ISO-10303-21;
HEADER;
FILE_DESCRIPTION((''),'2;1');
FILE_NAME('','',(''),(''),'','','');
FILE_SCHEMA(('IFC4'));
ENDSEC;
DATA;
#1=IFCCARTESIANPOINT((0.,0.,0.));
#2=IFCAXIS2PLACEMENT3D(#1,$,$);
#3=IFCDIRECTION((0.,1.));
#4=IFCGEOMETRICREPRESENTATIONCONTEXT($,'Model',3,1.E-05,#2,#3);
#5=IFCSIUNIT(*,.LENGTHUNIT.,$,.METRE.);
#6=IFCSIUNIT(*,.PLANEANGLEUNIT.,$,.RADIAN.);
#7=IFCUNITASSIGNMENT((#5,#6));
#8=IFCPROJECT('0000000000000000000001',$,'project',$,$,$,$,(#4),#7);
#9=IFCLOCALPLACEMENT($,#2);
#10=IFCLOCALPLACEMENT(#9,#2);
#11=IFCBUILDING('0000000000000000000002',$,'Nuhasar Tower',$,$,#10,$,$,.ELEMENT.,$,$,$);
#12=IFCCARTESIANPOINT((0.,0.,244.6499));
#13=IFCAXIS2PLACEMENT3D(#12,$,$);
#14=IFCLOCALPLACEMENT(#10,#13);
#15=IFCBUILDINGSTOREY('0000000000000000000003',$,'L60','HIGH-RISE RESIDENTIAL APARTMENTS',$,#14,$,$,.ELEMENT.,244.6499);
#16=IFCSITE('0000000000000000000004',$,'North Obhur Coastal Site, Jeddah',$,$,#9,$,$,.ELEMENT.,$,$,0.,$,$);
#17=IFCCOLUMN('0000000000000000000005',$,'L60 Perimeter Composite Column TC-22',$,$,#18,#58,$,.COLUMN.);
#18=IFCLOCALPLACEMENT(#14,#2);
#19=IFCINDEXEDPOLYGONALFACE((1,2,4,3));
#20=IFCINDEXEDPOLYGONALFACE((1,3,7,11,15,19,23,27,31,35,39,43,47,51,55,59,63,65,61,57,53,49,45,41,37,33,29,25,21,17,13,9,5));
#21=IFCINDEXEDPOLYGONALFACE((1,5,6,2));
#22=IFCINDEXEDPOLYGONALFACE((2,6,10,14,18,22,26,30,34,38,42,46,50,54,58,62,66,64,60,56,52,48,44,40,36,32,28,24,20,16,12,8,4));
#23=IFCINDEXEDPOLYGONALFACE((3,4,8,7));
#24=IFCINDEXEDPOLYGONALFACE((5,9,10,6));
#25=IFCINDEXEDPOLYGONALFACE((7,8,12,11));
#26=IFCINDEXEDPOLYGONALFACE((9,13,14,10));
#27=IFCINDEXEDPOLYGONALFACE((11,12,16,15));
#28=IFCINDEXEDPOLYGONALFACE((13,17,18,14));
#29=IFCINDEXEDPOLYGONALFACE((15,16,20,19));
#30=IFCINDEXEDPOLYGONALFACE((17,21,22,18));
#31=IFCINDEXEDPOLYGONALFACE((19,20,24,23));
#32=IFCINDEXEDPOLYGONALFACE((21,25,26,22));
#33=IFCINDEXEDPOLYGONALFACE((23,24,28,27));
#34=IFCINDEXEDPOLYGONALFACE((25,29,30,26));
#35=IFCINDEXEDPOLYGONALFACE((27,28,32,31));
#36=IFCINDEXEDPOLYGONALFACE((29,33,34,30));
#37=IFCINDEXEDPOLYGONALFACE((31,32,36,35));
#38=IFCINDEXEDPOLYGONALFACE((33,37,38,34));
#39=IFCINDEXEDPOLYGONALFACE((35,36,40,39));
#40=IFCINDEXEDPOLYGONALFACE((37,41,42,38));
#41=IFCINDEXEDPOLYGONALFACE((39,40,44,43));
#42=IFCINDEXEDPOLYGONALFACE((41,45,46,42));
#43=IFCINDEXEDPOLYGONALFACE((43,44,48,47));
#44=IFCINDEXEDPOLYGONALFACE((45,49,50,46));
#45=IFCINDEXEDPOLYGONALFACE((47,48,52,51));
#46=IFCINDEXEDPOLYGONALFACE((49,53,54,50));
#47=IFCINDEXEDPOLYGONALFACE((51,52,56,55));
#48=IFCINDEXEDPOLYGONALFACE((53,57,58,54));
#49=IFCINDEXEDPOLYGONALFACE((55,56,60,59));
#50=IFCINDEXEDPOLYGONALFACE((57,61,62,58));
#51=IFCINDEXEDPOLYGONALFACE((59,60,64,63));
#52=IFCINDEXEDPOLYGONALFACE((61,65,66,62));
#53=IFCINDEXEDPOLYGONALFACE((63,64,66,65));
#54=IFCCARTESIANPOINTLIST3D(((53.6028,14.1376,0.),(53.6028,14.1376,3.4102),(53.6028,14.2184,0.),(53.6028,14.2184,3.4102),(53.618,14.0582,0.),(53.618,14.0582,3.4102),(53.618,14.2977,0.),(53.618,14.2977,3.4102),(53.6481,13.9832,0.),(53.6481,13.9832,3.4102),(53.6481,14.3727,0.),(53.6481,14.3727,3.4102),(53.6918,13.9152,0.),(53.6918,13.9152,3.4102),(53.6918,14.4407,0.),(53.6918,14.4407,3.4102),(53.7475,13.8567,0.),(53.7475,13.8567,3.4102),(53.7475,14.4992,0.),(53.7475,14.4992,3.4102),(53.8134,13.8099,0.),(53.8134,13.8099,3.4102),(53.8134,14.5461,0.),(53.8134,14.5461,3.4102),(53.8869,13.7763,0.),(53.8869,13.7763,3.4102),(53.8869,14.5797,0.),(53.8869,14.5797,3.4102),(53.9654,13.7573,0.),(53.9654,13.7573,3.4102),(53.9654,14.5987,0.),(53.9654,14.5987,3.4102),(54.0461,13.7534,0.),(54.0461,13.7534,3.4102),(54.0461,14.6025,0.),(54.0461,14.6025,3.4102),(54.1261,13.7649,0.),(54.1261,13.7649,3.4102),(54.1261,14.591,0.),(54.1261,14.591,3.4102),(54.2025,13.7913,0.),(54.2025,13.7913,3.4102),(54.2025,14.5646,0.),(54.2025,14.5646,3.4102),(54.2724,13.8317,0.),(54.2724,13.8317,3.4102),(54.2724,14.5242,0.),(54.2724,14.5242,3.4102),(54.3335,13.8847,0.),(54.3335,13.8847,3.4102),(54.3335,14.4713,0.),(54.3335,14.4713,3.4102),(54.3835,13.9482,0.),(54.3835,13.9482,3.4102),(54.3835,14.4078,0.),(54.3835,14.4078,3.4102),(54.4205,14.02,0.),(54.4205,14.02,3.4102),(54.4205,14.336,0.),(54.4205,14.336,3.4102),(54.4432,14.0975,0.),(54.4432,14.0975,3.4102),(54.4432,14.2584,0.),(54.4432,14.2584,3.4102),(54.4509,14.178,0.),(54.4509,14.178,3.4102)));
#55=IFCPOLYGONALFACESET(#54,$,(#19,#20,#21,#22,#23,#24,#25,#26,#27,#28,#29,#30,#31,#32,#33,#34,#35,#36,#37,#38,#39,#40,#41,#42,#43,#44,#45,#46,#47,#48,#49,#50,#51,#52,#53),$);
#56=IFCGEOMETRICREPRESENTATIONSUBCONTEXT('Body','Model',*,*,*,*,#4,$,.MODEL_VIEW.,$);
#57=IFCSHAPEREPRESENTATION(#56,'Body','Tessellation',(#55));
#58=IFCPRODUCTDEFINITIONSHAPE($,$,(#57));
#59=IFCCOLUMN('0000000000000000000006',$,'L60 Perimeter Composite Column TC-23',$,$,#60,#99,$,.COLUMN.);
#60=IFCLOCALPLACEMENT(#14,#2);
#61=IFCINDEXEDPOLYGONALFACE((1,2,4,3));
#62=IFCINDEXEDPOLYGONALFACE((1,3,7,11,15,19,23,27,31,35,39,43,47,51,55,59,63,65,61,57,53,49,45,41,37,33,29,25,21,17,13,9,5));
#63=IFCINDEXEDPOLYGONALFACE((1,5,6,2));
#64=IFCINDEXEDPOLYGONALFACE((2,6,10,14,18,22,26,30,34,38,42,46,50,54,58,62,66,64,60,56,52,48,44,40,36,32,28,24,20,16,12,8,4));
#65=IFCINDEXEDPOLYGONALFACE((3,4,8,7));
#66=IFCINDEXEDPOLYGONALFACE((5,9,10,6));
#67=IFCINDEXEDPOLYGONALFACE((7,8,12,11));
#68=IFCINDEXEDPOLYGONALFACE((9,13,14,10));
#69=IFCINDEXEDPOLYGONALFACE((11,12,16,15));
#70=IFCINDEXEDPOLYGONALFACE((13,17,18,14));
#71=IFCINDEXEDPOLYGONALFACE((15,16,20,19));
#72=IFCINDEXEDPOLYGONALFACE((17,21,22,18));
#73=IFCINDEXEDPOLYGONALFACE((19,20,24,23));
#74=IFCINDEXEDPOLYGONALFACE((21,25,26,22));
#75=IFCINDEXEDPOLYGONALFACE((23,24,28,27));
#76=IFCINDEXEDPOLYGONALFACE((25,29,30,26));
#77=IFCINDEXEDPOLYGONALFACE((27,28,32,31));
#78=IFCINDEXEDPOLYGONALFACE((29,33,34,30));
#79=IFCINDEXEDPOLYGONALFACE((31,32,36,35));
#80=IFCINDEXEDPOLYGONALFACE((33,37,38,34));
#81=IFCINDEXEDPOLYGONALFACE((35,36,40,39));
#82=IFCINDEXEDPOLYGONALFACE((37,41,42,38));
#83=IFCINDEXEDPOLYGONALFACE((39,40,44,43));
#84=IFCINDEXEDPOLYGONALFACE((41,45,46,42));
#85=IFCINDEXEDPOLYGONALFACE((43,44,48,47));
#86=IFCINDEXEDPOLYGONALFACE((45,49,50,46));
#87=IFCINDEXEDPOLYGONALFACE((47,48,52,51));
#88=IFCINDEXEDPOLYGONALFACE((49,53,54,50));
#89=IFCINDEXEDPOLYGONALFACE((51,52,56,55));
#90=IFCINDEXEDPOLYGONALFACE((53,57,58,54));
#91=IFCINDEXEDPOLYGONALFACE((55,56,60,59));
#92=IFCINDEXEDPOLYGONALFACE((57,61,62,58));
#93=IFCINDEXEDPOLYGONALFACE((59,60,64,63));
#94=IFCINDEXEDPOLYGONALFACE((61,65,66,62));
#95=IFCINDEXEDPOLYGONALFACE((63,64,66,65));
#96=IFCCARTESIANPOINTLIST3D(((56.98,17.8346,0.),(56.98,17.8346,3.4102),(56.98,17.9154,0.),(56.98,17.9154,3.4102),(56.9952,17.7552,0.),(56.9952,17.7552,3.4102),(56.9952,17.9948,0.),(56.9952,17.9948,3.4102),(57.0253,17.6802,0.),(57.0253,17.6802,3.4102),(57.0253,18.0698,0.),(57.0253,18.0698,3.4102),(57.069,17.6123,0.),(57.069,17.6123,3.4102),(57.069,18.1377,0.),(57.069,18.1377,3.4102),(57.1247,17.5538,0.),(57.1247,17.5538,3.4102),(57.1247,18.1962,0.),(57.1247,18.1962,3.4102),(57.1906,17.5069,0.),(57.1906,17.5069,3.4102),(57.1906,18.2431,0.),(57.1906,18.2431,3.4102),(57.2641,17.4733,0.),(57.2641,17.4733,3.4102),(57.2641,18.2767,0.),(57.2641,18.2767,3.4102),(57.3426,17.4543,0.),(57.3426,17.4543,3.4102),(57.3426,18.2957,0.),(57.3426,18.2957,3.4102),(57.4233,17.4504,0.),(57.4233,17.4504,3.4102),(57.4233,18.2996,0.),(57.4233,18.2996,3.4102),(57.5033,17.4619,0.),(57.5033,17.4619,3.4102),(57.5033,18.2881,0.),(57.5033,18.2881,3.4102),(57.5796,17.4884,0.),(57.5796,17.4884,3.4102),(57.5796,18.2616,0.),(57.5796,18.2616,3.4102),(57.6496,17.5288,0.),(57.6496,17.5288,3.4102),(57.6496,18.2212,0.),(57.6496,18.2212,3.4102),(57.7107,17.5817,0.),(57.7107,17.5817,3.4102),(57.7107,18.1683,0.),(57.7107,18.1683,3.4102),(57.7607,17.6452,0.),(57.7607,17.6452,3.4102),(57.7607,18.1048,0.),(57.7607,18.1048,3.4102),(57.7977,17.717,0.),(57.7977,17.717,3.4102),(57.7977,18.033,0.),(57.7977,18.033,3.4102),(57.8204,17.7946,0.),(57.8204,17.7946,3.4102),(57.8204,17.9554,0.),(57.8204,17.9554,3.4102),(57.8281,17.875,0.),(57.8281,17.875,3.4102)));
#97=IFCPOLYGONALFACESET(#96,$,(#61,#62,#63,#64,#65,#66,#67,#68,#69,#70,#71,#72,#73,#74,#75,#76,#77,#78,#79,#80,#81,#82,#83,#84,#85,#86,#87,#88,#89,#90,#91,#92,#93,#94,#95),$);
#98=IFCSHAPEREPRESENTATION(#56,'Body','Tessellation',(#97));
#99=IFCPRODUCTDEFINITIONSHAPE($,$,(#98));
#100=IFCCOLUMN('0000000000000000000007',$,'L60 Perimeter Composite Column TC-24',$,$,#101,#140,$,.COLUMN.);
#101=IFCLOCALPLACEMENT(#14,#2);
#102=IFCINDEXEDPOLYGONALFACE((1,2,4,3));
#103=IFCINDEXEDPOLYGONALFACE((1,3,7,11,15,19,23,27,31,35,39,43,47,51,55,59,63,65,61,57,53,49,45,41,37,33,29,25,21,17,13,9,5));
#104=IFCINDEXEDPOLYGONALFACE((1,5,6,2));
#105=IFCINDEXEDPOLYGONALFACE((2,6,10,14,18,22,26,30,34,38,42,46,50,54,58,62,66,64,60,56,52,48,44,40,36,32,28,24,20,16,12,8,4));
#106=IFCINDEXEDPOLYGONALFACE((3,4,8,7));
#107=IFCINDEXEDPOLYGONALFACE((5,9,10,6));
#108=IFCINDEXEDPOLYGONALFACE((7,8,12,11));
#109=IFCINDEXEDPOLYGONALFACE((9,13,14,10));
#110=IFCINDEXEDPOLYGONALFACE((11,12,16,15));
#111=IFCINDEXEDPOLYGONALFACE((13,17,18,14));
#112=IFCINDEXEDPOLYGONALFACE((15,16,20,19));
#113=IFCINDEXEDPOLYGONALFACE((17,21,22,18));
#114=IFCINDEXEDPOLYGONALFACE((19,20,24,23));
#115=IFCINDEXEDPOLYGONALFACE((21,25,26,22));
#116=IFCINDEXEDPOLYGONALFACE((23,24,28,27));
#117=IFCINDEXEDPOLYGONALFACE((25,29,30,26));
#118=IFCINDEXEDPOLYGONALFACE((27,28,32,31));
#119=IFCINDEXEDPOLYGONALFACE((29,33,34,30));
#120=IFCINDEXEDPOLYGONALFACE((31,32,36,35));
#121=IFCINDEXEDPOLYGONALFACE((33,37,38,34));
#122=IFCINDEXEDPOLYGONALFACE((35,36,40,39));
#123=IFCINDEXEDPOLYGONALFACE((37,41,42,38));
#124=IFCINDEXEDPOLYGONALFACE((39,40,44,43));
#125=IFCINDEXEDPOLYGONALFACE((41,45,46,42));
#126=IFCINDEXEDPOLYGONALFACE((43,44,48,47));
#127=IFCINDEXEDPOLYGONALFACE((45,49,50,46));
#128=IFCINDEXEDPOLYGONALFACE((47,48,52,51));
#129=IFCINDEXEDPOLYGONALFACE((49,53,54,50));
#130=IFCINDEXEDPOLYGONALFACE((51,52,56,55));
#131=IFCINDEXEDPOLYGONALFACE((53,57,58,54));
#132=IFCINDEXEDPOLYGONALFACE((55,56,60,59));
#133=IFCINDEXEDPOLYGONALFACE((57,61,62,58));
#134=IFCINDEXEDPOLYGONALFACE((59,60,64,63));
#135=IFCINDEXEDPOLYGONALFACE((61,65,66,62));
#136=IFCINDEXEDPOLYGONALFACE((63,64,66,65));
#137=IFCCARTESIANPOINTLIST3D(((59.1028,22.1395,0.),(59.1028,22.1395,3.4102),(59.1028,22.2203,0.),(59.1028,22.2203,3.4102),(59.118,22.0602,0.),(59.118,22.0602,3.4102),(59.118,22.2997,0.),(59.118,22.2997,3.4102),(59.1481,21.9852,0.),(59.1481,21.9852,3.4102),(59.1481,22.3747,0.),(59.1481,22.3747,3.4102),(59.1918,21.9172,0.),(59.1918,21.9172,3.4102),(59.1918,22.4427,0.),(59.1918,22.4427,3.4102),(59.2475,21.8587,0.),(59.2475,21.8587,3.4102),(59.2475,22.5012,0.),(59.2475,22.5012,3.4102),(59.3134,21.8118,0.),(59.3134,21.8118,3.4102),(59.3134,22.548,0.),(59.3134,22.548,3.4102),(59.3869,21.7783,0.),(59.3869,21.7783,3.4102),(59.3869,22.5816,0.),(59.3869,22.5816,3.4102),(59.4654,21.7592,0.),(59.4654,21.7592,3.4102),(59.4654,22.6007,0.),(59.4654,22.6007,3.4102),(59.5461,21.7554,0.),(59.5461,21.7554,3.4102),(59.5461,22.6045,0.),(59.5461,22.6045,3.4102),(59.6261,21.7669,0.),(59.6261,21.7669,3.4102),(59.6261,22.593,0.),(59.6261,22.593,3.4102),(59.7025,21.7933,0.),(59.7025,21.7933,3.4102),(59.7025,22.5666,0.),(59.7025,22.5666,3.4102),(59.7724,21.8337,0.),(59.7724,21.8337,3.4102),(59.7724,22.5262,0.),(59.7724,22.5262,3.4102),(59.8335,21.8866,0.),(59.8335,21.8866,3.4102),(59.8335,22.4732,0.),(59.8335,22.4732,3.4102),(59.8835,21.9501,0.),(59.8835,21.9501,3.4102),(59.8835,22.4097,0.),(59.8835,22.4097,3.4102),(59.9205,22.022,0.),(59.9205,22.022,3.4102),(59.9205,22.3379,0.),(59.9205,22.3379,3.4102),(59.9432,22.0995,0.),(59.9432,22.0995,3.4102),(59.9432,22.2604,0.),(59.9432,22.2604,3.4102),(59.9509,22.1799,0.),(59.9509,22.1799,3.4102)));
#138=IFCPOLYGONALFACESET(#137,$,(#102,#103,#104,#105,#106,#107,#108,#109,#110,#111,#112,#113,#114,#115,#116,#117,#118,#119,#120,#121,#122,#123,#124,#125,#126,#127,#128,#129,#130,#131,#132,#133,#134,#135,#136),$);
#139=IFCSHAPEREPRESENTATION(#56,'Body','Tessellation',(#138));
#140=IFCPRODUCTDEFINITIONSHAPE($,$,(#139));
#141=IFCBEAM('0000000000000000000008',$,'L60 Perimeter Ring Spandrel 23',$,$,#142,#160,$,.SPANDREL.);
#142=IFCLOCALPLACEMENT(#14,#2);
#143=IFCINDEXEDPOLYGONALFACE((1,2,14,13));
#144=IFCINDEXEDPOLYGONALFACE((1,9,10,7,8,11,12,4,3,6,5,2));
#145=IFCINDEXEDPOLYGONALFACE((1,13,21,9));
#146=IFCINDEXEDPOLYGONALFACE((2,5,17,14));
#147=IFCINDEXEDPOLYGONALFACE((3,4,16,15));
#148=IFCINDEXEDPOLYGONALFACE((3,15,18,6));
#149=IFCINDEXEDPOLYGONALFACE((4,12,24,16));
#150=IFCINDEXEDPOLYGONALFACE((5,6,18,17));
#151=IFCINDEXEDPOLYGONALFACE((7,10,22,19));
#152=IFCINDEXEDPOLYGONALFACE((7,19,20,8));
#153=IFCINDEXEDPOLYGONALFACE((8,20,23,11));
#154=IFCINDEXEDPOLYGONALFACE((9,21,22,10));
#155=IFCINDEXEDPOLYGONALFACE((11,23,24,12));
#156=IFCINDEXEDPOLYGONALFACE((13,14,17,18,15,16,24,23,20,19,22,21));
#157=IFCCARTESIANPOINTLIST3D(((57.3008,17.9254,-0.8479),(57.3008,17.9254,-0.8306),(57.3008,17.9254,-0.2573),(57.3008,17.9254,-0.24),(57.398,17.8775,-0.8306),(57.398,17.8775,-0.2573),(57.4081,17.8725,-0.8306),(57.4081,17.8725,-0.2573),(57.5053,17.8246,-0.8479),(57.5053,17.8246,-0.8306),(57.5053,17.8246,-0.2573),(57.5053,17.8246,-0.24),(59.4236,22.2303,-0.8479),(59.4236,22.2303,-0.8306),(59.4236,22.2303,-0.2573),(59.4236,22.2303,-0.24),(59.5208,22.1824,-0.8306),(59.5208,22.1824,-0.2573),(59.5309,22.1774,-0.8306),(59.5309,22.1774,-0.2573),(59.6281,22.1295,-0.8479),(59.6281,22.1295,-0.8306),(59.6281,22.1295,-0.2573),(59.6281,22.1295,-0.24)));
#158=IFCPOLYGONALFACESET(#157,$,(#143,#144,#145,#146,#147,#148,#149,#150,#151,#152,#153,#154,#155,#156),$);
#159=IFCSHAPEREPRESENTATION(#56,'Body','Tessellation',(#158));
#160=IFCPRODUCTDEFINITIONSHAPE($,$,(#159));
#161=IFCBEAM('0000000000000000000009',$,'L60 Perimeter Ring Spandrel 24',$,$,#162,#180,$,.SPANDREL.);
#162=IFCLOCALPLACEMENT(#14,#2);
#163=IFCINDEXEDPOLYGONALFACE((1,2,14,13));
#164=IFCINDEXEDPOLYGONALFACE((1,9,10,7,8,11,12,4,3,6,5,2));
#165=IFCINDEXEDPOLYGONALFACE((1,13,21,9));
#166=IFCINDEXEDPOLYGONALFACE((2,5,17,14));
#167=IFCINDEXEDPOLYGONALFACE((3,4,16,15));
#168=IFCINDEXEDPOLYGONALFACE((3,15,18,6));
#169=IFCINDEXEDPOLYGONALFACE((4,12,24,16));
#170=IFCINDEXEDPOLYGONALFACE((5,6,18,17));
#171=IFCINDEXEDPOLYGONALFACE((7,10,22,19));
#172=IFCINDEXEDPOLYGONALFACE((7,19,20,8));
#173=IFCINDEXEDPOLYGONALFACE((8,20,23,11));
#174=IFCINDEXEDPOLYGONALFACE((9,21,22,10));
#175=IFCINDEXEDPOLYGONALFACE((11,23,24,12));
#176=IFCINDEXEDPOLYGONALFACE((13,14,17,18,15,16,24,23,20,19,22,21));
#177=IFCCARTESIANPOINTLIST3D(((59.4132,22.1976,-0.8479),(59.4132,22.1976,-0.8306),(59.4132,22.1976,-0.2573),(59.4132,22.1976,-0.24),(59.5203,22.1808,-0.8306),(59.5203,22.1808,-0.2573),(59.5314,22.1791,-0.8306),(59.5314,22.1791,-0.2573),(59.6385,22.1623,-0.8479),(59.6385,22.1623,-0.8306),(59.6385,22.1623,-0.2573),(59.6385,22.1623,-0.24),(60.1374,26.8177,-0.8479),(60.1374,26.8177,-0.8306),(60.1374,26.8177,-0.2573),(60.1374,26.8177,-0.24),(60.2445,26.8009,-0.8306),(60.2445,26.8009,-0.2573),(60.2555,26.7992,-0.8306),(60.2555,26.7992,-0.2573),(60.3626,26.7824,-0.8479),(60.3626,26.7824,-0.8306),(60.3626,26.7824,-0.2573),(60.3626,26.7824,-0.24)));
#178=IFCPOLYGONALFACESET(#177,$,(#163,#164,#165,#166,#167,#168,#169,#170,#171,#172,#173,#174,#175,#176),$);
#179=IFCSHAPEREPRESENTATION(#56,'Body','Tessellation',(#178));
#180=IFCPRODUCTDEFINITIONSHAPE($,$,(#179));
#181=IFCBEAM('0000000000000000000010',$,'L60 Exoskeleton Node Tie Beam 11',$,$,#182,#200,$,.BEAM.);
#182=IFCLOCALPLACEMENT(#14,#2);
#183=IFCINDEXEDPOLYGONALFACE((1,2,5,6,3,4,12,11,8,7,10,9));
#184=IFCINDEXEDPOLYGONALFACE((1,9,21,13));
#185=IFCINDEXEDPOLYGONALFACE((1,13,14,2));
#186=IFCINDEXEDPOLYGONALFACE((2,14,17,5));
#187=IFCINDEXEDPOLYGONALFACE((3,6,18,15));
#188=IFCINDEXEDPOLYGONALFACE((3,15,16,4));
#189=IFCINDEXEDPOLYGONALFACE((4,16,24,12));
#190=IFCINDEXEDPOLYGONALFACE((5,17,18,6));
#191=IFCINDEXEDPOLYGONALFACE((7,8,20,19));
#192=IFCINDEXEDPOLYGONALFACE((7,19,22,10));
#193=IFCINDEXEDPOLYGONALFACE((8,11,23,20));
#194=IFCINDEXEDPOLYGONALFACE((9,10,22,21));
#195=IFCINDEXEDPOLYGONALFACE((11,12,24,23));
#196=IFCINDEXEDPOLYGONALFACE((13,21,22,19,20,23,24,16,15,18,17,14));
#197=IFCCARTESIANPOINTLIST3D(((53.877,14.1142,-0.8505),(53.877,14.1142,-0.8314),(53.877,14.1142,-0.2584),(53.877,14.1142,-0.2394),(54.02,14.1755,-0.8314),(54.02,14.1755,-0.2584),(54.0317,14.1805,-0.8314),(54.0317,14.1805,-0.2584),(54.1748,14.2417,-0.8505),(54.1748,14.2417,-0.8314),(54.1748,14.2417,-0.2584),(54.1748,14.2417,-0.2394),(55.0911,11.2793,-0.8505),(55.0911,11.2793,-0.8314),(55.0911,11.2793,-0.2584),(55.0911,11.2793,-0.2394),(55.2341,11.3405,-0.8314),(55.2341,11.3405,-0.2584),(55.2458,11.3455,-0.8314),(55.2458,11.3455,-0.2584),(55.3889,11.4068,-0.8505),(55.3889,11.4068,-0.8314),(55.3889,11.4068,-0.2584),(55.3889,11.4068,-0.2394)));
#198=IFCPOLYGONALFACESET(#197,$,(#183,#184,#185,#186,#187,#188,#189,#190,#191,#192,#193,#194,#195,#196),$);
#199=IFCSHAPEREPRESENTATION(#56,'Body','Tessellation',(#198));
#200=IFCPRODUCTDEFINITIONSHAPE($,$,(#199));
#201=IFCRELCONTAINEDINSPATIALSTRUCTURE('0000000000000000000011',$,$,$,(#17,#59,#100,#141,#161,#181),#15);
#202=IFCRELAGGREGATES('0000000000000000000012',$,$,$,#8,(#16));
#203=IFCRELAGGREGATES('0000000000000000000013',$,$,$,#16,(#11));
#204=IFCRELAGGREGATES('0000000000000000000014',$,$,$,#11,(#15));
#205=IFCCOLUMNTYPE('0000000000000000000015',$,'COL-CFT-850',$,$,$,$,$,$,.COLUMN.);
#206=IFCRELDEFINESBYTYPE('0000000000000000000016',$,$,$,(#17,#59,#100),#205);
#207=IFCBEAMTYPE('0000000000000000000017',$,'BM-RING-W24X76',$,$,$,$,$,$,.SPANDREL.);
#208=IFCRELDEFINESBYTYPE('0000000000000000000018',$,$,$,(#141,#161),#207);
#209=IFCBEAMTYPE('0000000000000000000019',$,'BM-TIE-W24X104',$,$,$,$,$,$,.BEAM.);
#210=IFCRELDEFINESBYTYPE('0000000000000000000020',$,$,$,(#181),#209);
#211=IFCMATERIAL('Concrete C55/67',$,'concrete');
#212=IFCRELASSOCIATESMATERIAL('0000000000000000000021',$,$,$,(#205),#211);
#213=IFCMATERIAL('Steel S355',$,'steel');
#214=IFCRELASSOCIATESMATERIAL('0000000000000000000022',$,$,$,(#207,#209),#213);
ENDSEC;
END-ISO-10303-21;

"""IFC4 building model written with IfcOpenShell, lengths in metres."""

from ifc_helpers import new_model, si_unit, direction, frame, origin, origin_2d, place, context, subcontext, project, spatial, circle, i_section, extrude, material, material_profile, profile_set, type_object, element, save


model = new_model("IFC4")

# Units and contexts
model_context = context("Model", 3, precision=1e-05, world=origin(), true_north=direction((0.0, 1.0)))
body_context = subcontext(model_context, "Body", "Model", "MODEL_VIEW")
ifc_project = project(units=[si_unit("LENGTHUNIT", "METRE"), si_unit("PLANEANGLEUNIT", "RADIAN")], contexts=[model_context])

# Site, building, storey
site_placement = place(None, origin())
site = spatial("IfcSite", under=ifc_project, at=site_placement, Name="North Obhur Coastal Site, Jeddah", CompositionType="ELEMENT", RefElevation=0.0)
building_placement = place(site_placement, origin())
building = spatial("IfcBuilding", under=site, at=building_placement, Name="Nuhasar Tower", CompositionType="ELEMENT")
storey_placement = place(building_placement, frame((0.0, 0.0, 244.6499)))
storey = spatial("IfcBuildingStorey", under=building, at=storey_placement, Name="L60", Description="HIGH-RISE RESIDENTIAL APARTMENTS", CompositionType="ELEMENT", Elevation=244.6499)

# Columns
ifc_material_1 = material(Name="Concrete C55/67", Category="concrete")
ifc_material_profile_1 = material_profile(ifc_material_1, circle(Radius=0.425, at=origin_2d()), Name="CFT850")
ifc_profile_set_1 = profile_set([ifc_material_profile_1], Name="Concrete C55/67")
column_type = type_object("IfcColumnType", Name="COL-CFT-850", PredefinedType="COLUMN", material=ifc_profile_set_1)
for number, where, z_axis, x_axis, name in (
    (1, (54.0259, 14.178, 0.0), (0.0, 0.0, 1.0), (1.0, 0.0, 0.0), "L60 Perimeter Composite Column TC-22"),
    (2, (57.4031, 17.875, 0.0), (0.0, 0.0, 1.0), (1.0, 0.0, 0.0), "L60 Perimeter Composite Column TC-23"),
    (3, (59.5259, 22.1799, 0.0), (0.0, 0.0, 1.0), (1.0, 0.0, 0.0), "L60 Perimeter Composite Column TC-24"),
):
    element("IfcColumn", number, at=place(storey_placement, frame(where, z_axis=z_axis, x_axis=x_axis)), inside=storey, type_object=column_type, Name=name, PredefinedType="COLUMN", context=body_context, shape_type="SweptSolid", body=[
        extrude(circle(Radius=0.425, at=origin_2d()), origin(), (0.0, 0.0, 1.0), 3.4102),
    ])

# Beams
ifc_material_2 = material(Name="Steel S355", Category="steel")
ifc_material_profile_2 = material_profile(ifc_material_2, i_section(OverallWidth=0.228, OverallDepth=0.6079, WebThickness=0.0112, FlangeThickness=0.0173, at=origin_2d()), Name="W24X76")
ifc_profile_set_2 = profile_set([ifc_material_profile_2], Name="Steel S355")
beam_type_1 = type_object("IfcBeamType", Name="BM-RING-W24X76", PredefinedType="SPANDREL", material=ifc_profile_set_2)
beam_1_placement = place(storey_placement, frame((57.4031, 17.875, -0.5439), z_axis=(0.442263, 0.896886, 0.0), x_axis=(-0.896886, 0.442263, 0.0)))
element("IfcBeam", 4, at=beam_1_placement, inside=storey, type_object=beam_type_1, Name="L60 Perimeter Ring Spandrel 23", PredefinedType="SPANDREL", context=body_context, shape_type="SweptSolid", body=[
    extrude(i_section(OverallWidth=0.228, OverallDepth=0.6079, WebThickness=0.0112, FlangeThickness=0.0173, at=origin_2d()), origin(), (0.0, 0.0, 1.0), 4.7998),
])
beam_2_placement = place(storey_placement, frame((59.5259, 22.1799, -0.5439), z_axis=(0.154842, 0.987939, 0.0), x_axis=(-0.987939, 0.154842, 0.0)))
element("IfcBeam", 5, at=beam_2_placement, inside=storey, type_object=beam_type_1, Name="L60 Perimeter Ring Spandrel 24", PredefinedType="SPANDREL", context=body_context, shape_type="SweptSolid", body=[
    extrude(i_section(OverallWidth=0.228, OverallDepth=0.6079, WebThickness=0.0112, FlangeThickness=0.0173, at=origin_2d()), origin(), (0.0, 0.0, 1.0), 4.6765),
])
ifc_material_profile_3 = material_profile(ifc_material_2, i_section(OverallWidth=0.324, OverallDepth=0.6111, WebThickness=0.0127, FlangeThickness=0.019, at=origin_2d()), Name="W24X104")
ifc_profile_set_3 = profile_set([ifc_material_profile_3], Name="Steel S355")
beam_type_2 = type_object("IfcBeamType", Name="BM-TIE-W24X104", PredefinedType="BEAM", material=ifc_profile_set_3)
beam_3_placement = place(storey_placement, frame((54.0259, 14.178, -0.5449), z_axis=(0.39368, -0.919247, 0.0), x_axis=(0.919247, 0.39368, 0.0)))
element("IfcBeam", 6, at=beam_3_placement, inside=storey, type_object=beam_type_2, Name="L60 Exoskeleton Node Tie Beam 11", PredefinedType="BEAM", context=body_context, shape_type="SweptSolid", body=[
    extrude(i_section(OverallWidth=0.324, OverallDepth=0.6111, WebThickness=0.0127, FlangeThickness=0.019, at=origin_2d()), origin(), (0.0, 0.0, 1.0), 3.084),
])

save(model, "model.ifc")
